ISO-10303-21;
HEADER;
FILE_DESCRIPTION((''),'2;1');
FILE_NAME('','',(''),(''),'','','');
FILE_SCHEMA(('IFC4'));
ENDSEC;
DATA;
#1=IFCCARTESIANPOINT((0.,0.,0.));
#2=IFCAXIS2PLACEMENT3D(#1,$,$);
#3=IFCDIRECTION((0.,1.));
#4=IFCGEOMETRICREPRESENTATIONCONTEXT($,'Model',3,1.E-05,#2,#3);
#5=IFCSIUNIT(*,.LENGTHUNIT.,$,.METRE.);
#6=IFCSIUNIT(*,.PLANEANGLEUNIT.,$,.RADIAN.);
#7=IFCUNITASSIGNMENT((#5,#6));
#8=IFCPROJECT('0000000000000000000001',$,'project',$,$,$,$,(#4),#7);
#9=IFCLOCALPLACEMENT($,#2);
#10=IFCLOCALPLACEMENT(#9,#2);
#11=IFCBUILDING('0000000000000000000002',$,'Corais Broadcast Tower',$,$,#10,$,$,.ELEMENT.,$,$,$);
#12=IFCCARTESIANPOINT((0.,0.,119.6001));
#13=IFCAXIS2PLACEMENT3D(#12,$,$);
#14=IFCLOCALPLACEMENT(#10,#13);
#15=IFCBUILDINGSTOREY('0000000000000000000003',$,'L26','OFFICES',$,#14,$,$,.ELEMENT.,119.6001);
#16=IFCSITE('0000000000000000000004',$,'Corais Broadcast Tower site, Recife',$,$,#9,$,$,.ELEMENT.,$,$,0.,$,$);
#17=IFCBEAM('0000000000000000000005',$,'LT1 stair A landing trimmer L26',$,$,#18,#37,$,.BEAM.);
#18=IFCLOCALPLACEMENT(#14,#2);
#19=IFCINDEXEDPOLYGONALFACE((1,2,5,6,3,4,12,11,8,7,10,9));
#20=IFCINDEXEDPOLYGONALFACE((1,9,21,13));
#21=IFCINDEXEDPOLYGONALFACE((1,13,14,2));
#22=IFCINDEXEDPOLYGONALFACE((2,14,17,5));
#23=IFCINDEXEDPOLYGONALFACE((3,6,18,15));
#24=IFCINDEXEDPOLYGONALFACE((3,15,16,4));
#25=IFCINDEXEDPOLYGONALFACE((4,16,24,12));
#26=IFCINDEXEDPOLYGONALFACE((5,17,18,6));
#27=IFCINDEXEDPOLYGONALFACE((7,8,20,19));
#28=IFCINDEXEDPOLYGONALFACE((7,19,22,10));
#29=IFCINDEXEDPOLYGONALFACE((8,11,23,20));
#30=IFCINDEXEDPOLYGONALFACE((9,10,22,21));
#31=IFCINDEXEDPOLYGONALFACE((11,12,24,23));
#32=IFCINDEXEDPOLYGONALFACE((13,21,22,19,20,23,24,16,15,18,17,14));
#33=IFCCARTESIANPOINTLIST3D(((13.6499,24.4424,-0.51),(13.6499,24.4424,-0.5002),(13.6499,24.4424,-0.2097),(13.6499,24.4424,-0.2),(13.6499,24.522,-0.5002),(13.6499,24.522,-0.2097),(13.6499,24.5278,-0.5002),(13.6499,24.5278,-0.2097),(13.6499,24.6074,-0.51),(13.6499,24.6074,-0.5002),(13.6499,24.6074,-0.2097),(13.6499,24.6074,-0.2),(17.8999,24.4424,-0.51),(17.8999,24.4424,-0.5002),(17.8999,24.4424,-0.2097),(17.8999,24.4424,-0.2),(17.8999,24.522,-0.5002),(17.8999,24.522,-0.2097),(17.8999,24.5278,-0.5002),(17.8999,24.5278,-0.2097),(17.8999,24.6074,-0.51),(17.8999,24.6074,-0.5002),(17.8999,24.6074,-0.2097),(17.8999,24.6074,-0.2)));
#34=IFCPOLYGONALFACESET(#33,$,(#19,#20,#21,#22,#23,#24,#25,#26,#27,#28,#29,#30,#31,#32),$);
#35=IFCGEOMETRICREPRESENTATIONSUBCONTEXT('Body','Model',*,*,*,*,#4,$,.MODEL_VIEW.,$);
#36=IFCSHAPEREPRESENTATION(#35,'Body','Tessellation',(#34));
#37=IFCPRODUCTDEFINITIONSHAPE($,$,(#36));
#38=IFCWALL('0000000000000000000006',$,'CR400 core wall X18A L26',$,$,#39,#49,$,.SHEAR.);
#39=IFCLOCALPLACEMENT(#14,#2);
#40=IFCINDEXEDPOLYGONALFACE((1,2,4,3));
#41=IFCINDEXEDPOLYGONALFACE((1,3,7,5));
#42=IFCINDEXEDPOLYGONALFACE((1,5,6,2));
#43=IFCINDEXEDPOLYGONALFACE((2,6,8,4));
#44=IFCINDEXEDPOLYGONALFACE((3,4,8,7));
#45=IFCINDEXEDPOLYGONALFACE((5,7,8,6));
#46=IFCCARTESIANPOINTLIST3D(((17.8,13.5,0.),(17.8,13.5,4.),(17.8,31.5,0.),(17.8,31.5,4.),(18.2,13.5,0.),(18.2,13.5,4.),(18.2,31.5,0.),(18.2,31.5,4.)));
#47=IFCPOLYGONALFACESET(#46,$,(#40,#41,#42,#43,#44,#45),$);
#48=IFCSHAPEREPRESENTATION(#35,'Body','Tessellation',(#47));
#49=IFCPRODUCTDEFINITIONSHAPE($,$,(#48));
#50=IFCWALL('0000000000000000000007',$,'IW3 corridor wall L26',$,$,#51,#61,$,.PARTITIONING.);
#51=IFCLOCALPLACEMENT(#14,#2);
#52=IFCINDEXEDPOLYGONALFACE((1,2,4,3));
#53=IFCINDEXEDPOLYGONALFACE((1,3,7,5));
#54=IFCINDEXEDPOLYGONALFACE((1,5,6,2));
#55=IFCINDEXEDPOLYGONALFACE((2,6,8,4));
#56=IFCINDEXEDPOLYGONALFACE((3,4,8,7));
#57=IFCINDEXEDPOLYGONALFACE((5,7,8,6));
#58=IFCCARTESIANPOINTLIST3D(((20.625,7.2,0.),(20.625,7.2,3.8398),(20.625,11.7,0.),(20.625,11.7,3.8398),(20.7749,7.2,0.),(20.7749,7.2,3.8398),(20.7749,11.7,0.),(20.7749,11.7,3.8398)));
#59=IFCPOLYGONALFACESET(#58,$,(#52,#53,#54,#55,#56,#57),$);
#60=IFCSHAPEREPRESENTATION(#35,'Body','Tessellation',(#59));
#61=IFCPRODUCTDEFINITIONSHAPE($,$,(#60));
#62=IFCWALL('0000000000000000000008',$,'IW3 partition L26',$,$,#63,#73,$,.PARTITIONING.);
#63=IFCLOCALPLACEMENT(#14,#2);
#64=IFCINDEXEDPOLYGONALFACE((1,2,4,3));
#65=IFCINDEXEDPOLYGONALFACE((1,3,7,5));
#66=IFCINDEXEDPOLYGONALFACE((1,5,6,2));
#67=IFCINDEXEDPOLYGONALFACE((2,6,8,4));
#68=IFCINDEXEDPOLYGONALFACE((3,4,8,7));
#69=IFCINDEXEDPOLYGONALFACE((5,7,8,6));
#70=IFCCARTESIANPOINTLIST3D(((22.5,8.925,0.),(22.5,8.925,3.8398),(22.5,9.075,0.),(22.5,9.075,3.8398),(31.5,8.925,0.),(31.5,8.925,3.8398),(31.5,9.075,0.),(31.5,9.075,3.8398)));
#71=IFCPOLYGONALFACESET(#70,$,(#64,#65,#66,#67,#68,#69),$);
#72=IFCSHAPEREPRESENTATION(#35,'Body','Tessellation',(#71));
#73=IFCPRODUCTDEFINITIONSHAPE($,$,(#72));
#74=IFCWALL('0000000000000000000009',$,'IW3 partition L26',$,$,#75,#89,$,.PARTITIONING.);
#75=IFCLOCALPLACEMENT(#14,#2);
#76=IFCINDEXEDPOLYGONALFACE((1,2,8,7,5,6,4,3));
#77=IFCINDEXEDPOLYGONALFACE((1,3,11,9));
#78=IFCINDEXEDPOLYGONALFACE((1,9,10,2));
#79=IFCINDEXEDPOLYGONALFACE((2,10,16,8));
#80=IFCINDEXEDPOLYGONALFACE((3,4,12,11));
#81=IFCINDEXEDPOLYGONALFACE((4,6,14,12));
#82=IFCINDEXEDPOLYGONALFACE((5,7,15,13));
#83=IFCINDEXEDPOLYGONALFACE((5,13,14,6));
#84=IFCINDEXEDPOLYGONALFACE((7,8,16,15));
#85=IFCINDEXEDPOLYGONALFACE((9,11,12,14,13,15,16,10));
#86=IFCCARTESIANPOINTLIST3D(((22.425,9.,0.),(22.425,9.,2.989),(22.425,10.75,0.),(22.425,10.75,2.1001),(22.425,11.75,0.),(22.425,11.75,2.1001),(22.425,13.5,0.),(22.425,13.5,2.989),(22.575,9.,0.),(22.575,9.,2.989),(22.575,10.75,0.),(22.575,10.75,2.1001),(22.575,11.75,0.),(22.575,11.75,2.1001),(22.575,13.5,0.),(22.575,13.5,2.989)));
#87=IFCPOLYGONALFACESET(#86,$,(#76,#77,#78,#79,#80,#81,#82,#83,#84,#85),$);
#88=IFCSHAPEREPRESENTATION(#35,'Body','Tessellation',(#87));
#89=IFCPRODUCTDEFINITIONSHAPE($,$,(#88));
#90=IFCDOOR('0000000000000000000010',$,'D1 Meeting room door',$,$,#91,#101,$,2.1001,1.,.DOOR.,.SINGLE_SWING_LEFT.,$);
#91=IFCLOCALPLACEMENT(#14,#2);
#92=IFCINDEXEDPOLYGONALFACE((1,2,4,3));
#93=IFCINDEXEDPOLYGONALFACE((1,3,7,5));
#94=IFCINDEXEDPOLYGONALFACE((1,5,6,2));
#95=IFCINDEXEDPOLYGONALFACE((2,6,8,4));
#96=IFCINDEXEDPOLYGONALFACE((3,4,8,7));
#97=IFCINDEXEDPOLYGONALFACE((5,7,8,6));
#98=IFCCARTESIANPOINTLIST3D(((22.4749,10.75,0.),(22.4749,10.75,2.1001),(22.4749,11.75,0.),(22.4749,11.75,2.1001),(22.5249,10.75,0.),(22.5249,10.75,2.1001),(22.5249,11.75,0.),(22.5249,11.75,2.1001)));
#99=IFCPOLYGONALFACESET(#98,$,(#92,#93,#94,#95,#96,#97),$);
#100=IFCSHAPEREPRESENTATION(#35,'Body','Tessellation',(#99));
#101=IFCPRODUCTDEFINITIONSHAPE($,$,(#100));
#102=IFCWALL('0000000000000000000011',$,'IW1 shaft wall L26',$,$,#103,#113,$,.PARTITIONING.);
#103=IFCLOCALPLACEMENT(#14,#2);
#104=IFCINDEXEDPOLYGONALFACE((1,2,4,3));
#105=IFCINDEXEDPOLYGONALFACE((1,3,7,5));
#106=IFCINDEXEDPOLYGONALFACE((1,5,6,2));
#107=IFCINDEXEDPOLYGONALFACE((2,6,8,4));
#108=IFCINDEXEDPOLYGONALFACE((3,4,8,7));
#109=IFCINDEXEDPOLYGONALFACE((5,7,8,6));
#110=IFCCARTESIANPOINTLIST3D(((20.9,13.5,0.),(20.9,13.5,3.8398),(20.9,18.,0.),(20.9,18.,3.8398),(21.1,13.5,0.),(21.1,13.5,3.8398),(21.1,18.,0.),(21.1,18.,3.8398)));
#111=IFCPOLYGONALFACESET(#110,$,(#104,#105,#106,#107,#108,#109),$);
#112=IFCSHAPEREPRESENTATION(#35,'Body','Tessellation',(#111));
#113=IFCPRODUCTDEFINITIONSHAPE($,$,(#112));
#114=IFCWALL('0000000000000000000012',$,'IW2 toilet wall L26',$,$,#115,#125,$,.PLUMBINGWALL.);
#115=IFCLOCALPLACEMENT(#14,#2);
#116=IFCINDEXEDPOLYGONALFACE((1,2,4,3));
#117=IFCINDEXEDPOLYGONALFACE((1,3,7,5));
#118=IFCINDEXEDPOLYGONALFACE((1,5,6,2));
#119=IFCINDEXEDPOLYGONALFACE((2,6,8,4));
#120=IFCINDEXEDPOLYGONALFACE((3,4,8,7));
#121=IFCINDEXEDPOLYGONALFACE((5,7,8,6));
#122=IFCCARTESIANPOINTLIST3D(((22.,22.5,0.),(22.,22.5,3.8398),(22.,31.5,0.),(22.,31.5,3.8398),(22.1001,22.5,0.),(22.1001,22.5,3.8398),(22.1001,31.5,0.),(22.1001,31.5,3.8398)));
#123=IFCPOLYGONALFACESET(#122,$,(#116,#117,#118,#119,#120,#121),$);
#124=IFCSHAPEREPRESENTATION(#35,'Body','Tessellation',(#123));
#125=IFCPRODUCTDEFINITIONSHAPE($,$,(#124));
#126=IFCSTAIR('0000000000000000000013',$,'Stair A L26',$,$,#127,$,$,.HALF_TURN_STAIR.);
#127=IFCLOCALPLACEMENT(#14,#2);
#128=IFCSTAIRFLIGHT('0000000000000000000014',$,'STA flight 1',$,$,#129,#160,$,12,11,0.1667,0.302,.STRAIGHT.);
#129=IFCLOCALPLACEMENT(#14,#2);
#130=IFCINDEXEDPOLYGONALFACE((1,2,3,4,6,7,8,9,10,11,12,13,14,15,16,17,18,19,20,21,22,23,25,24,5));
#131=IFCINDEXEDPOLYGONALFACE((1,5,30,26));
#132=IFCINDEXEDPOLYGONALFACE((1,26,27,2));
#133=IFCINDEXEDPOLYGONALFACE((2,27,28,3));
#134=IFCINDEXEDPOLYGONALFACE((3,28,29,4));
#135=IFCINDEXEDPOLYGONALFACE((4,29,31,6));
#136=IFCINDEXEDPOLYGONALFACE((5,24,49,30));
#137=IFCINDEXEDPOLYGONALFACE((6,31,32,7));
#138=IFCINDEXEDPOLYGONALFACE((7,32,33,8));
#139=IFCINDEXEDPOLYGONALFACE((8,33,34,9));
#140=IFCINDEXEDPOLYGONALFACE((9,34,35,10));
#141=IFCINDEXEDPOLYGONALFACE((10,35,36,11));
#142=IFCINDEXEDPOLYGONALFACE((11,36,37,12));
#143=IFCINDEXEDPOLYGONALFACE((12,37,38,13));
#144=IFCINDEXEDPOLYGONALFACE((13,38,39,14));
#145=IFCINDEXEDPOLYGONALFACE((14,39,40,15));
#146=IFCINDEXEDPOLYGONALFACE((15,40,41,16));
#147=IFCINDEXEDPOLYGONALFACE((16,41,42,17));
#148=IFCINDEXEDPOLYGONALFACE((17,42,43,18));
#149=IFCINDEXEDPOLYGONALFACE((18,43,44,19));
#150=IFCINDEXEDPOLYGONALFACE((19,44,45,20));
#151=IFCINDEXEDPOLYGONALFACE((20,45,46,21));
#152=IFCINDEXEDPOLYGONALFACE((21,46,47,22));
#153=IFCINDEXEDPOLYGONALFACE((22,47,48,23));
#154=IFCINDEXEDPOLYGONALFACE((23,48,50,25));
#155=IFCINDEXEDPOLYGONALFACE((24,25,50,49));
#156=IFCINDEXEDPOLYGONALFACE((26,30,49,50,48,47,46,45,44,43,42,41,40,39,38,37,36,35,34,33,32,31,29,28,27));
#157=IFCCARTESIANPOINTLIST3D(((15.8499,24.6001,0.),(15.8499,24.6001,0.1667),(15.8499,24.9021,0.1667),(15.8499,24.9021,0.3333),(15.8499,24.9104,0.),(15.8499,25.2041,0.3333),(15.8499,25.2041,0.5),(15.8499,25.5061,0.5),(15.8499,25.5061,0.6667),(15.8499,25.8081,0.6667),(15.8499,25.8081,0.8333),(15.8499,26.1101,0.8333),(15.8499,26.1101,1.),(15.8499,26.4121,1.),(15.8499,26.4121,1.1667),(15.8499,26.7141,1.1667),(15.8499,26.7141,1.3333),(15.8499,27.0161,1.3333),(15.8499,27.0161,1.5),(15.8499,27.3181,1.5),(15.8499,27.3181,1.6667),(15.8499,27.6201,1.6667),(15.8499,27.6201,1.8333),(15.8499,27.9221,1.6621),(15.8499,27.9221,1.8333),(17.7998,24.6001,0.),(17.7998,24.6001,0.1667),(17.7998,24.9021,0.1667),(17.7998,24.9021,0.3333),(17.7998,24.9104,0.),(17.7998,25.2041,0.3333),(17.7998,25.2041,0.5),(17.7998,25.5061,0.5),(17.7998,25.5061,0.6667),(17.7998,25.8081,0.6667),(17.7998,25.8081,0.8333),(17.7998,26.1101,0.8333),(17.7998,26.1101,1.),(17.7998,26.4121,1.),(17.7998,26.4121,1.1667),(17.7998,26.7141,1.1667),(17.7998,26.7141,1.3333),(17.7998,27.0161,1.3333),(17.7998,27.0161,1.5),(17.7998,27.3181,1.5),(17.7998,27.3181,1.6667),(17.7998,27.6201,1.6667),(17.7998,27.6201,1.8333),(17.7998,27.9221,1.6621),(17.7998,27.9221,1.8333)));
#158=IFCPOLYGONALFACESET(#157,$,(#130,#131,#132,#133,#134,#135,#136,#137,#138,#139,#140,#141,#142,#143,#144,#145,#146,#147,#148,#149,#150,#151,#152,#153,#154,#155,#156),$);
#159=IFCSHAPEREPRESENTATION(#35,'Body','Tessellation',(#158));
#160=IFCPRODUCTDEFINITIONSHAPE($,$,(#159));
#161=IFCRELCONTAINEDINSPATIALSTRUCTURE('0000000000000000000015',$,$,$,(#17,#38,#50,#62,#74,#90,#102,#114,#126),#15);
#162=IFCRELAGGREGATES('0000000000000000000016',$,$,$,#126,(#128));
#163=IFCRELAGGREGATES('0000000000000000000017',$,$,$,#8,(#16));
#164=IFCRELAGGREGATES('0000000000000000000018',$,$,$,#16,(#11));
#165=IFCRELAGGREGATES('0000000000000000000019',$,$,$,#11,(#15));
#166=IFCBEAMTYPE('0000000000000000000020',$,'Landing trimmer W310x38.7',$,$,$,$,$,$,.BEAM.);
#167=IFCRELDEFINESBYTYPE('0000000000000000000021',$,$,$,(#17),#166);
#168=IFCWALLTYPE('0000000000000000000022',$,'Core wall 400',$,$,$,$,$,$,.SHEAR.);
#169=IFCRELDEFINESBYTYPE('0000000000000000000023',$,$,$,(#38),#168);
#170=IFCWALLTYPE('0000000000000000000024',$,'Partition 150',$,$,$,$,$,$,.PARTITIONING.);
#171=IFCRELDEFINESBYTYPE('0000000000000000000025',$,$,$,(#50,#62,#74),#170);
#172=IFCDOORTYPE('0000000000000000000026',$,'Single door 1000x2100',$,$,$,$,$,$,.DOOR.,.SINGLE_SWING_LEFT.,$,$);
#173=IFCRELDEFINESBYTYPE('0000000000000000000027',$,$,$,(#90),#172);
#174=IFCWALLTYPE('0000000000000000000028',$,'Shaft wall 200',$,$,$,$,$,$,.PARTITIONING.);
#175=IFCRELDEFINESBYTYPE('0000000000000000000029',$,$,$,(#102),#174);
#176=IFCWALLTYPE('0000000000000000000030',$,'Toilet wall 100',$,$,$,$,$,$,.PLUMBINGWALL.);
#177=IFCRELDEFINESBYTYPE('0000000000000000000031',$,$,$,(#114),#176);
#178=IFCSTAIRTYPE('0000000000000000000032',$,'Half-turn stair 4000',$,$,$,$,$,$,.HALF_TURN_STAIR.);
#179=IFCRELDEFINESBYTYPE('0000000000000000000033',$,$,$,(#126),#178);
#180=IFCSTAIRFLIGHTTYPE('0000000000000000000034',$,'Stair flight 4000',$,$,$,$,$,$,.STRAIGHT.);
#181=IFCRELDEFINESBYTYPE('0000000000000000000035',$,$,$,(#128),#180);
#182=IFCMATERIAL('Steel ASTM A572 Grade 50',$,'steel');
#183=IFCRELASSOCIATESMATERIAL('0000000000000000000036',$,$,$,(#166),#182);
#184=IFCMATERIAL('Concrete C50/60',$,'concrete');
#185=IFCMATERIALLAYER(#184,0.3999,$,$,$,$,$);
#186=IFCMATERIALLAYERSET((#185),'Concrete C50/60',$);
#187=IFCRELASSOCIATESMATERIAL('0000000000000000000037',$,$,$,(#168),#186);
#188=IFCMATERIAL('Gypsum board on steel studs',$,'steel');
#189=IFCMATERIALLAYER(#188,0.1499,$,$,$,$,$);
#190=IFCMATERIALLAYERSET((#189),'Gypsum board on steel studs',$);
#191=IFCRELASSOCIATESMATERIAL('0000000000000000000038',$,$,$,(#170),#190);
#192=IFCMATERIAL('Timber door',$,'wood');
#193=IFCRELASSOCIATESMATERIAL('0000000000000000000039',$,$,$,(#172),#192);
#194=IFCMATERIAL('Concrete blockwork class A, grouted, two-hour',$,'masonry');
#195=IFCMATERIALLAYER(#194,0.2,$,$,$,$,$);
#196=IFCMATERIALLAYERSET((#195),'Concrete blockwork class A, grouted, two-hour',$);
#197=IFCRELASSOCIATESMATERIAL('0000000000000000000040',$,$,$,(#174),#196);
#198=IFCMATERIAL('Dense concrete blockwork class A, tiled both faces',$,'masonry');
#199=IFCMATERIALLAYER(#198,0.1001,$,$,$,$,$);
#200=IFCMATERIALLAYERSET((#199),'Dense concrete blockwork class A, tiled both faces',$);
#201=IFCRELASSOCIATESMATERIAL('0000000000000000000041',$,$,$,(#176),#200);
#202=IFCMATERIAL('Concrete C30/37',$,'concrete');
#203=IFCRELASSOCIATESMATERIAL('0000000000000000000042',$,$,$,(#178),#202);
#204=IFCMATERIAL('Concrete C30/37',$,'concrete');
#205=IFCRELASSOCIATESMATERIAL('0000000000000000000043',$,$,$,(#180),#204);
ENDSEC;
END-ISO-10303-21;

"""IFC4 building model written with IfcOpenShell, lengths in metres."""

from ifc_helpers import new_model, si_unit, direction, frame, frame_2d, origin, origin_2d, place, context, subcontext, project, spatial, polyline, rectangle, i_section, outline, extrude, material, layer, layer_set, material_profile, profile_set, type_object, element, fill, aggregate, save


model = new_model("IFC4")

# Units and contexts
model_context = context("Model", 3, precision=1e-05, world=origin(), true_north=direction((0.0, 1.0)))
body_context = subcontext(model_context, "Body", "Model", "MODEL_VIEW")
ifc_project = project(units=[si_unit("LENGTHUNIT", "METRE"), si_unit("PLANEANGLEUNIT", "RADIAN")], contexts=[model_context])

# Site, building, storey
site_placement = place(None, origin())
site = spatial("IfcSite", under=ifc_project, at=site_placement, Name="Corais Broadcast Tower site, Recife", CompositionType="ELEMENT", RefElevation=0.0)
building_placement = place(site_placement, origin())
building = spatial("IfcBuilding", under=site, at=building_placement, Name="Corais Broadcast Tower", CompositionType="ELEMENT")
storey_placement = place(building_placement, frame((0.0, 0.0, 119.6001)))
storey = spatial("IfcBuildingStorey", under=building, at=storey_placement, Name="L26", Description="OFFICES", CompositionType="ELEMENT", Elevation=119.6001)

# Beam
ifc_material_1 = material(Name="Steel ASTM A572 Grade 50", Category="steel")
ifc_material_profile = material_profile(ifc_material_1, i_section(OverallWidth=0.165, OverallDepth=0.3101, WebThickness=0.0059, FlangeThickness=0.0098, at=origin_2d()), Name="W310x38.7")
ifc_profile_set = profile_set([ifc_material_profile], Name="Steel ASTM A572 Grade 50")
beam_type = type_object("IfcBeamType", Name="Landing trimmer W310x38.7", PredefinedType="BEAM", material=ifc_profile_set)
beam_placement = place(storey_placement, frame((13.6499, 24.5249, -0.355), z_axis=(1.0, 0.0, 0.0), x_axis=(0.0, 1.0, 0.0)))
element("IfcBeam", 1, at=beam_placement, inside=storey, type_object=beam_type, Name="LT1 stair A landing trimmer L26", PredefinedType="BEAM", context=body_context, shape_type="SweptSolid", body=[
    extrude(i_section(OverallWidth=0.165, OverallDepth=0.3101, WebThickness=0.0059, FlangeThickness=0.0098, at=origin_2d()), origin(), (0.0, 0.0, 1.0), 4.25),
])

# Walls
ifc_material_2 = material(Name="Concrete C50/60", Category="concrete")
ifc_layer_1 = layer(ifc_material_2, 0.3999)
ifc_layer_set_1 = layer_set([ifc_layer_1], Name="Concrete C50/60")
wall_type_1 = type_object("IfcWallType", Name="Core wall 400", PredefinedType="SHEAR", material=ifc_layer_set_1)
wall_1_placement = place(storey_placement, frame((18.0, 13.5, 0.0), z_axis=(0.0, 0.0, 1.0), x_axis=(0.0, 1.0, 0.0)))
element("IfcWall", 2, at=wall_1_placement, inside=storey, type_object=wall_type_1, Name="CR400 core wall X18A L26", PredefinedType="SHEAR", context=body_context, shape_type="SweptSolid", body=[
    extrude(rectangle(XDim=18.0, YDim=0.3999, at=frame_2d((9.0, 0.0))), origin(), (0.0, 0.0, 1.0), 4.0),
])
ifc_material_3 = material(Name="Gypsum board on steel studs", Category="steel")
ifc_layer_2 = layer(ifc_material_3, 0.1499)
ifc_layer_set_2 = layer_set([ifc_layer_2], Name="Gypsum board on steel studs")
wall_type_2 = type_object("IfcWallType", Name="Partition 150", PredefinedType="PARTITIONING", material=ifc_layer_set_2)
wall_2_placement = place(storey_placement, frame((20.7, 11.7, 0.0), z_axis=(0.0, 0.0, 1.0), x_axis=(0.0, -1.0, 0.0)))
element("IfcWall", 3, at=wall_2_placement, inside=storey, type_object=wall_type_2, Name="IW3 corridor wall L26", PredefinedType="PARTITIONING", context=body_context, shape_type="SweptSolid", body=[
    extrude(rectangle(XDim=4.5, YDim=0.1499, at=frame_2d((2.25, 0.0))), origin(), (0.0, 0.0, 1.0), 3.8398),
])
wall_3_placement = place(storey_placement, frame((22.5, 9.0, 0.0), z_axis=(0.0, 0.0, 1.0), x_axis=(1.0, 0.0, 0.0)))
element("IfcWall", 4, at=wall_3_placement, inside=storey, type_object=wall_type_2, Name="IW3 partition L26", PredefinedType="PARTITIONING", context=body_context, shape_type="SweptSolid", body=[
    extrude(rectangle(XDim=9.0, YDim=0.1499, at=frame_2d((4.5, 0.0))), origin(), (0.0, 0.0, 1.0), 3.8398),
])

# Wall, opening, door
wall_4_placement = place(storey_placement, frame((22.5, 13.5, 0.0), z_axis=(0.0, 0.0, 1.0), x_axis=(0.0, -1.0, 0.0)))
wall_4 = element("IfcWall", 5, at=wall_4_placement, inside=storey, type_object=wall_type_2, Name="IW3 partition L26", PredefinedType="PARTITIONING", context=body_context, shape_type="SweptSolid", body=[
    extrude(rectangle(XDim=4.5, YDim=0.1499, at=frame_2d((2.25, 0.0))), origin(), (0.0, 0.0, 1.0), 2.989),
])
opening_placement = place(wall_4_placement, frame((1.75, 0.0, 0.0)))
opening = element("IfcOpeningElement", 6, at=opening_placement, cuts=wall_4, PredefinedType="OPENING", context=body_context, shape_type="SweptSolid", body=[
    extrude(rectangle(XDim=1.0, YDim=2.1001, at=frame_2d((0.5, 1.05))), frame((0.0, 0.085, 0.0), z_axis=(0.0, -1.0, 0.0), x_axis=(1.0, 0.0, 0.0)), (0.0, 0.0, 1.0), 0.1699),
])
ifc_material_4 = material(Name="Timber door", Category="wood")
door_type = type_object("IfcDoorType", Name="Single door 1000x2100", OperationType="SINGLE_SWING_LEFT", PredefinedType="DOOR", material=ifc_material_4)
door_placement = place(opening_placement, origin())
door = element("IfcDoor", 7, at=door_placement, inside=storey, type_object=door_type, Name="D1 Meeting room door", OperationType="SINGLE_SWING_LEFT", OverallHeight=2.1001, OverallWidth=1.0, PredefinedType="DOOR", context=body_context, shape_type="SweptSolid", body=[
    extrude(rectangle(XDim=1.0, YDim=2.1001, at=frame_2d((0.5, 1.05))), frame((0.0, 0.0249, 0.0), z_axis=(0.0, -1.0, 0.0), x_axis=(1.0, 0.0, 0.0)), (0.0, 0.0, 1.0), 0.05),
])
fill(opening, door)

# Walls
ifc_material_5 = material(Name="Concrete blockwork class A, grouted, two-hour", Category="masonry")
ifc_layer_3 = layer(ifc_material_5, 0.2)
ifc_layer_set_3 = layer_set([ifc_layer_3], Name="Concrete blockwork class A, grouted, two-hour")
wall_type_3 = type_object("IfcWallType", Name="Shaft wall 200", PredefinedType="PARTITIONING", material=ifc_layer_set_3)
wall_5_placement = place(storey_placement, frame((21.0, 13.5, 0.0), z_axis=(0.0, 0.0, 1.0), x_axis=(0.0, 1.0, 0.0)))
element("IfcWall", 8, at=wall_5_placement, inside=storey, type_object=wall_type_3, Name="IW1 shaft wall L26", PredefinedType="PARTITIONING", context=body_context, shape_type="SweptSolid", body=[
    extrude(rectangle(XDim=4.5, YDim=0.2, at=frame_2d((2.25, 0.0))), origin(), (0.0, 0.0, 1.0), 3.8398),
])
ifc_material_6 = material(Name="Dense concrete blockwork class A, tiled both faces", Category="masonry")
ifc_layer_4 = layer(ifc_material_6, 0.1001)
ifc_layer_set_4 = layer_set([ifc_layer_4], Name="Dense concrete blockwork class A, tiled both faces")
wall_type_4 = type_object("IfcWallType", Name="Toilet wall 100", PredefinedType="PLUMBINGWALL", material=ifc_layer_set_4)
wall_6_placement = place(storey_placement, frame((22.05, 22.5, 0.0), z_axis=(0.0, 0.0, 1.0), x_axis=(0.0, 1.0, 0.0)))
element("IfcWall", 9, at=wall_6_placement, inside=storey, type_object=wall_type_4, Name="IW2 toilet wall L26", PredefinedType="PLUMBINGWALL", context=body_context, shape_type="SweptSolid", body=[
    extrude(rectangle(XDim=9.0, YDim=0.1001, at=frame_2d((4.5, 0.0))), origin(), (0.0, 0.0, 1.0), 3.8398),
])

# Stair, stair flight
ifc_material_7 = material(Name="Concrete C30/37", Category="concrete")
stair_type = type_object("IfcStairType", Name="Half-turn stair 4000", PredefinedType="HALF_TURN_STAIR", material=ifc_material_7)
stair_placement = place(storey_placement, origin())
stair = element("IfcStair", 10, at=stair_placement, inside=storey, type_object=stair_type, Name="Stair A L26", PredefinedType="HALF_TURN_STAIR")
ifc_material_8 = material(Name="Concrete C30/37", Category="concrete")
stair_flight_type = type_object("IfcStairFlightType", Name="Stair flight 4000", PredefinedType="STRAIGHT", material=ifc_material_8)
stair_flight_placement = place(storey_placement, frame((16.825, 24.6001, 0.0), z_axis=(0.0, 0.0, 1.0), x_axis=(0.0, 1.0, 0.0)))
stair_flight = element("IfcStairFlight", 11, at=stair_flight_placement, type_object=stair_flight_type, Name="STA flight 1", NumberOfRisers=12, NumberOfTreads=11, PredefinedType="STRAIGHT", RiserHeight=0.1667, TreadLength=0.302, context=body_context, shape_type="SweptSolid", body=[
    extrude(outline(polyline([(0.0, 0.0), (0.0, 0.1667), (0.302, 0.1667), (0.302, 0.3333), (0.604, 0.3333), (0.604, 0.5), (0.906, 0.5), (0.906, 0.6667), (1.208, 0.6667), (1.208, 0.8333), (1.51, 0.8333), (1.51, 1.0), (1.812, 1.0), (1.812, 1.1667), (2.114, 1.1667), (2.114, 1.3333), (2.416, 1.3333), (2.416, 1.5), (2.718, 1.5), (2.718, 1.6667), (3.02, 1.6667), (3.02, 1.8333), (3.322, 1.8333), (3.322, 2.0), (3.322, 1.6621), (0.3103, 0.0), (0.0, 0.0)])), frame((0.0, 0.9751, 0.0), z_axis=(0.0, -1.0, 0.0), x_axis=(1.0, 0.0, 0.0)), (0.0, 0.0, 1.0), 1.95),
])
aggregate(stair, [stair_flight])

save(model, "model.ifc")
